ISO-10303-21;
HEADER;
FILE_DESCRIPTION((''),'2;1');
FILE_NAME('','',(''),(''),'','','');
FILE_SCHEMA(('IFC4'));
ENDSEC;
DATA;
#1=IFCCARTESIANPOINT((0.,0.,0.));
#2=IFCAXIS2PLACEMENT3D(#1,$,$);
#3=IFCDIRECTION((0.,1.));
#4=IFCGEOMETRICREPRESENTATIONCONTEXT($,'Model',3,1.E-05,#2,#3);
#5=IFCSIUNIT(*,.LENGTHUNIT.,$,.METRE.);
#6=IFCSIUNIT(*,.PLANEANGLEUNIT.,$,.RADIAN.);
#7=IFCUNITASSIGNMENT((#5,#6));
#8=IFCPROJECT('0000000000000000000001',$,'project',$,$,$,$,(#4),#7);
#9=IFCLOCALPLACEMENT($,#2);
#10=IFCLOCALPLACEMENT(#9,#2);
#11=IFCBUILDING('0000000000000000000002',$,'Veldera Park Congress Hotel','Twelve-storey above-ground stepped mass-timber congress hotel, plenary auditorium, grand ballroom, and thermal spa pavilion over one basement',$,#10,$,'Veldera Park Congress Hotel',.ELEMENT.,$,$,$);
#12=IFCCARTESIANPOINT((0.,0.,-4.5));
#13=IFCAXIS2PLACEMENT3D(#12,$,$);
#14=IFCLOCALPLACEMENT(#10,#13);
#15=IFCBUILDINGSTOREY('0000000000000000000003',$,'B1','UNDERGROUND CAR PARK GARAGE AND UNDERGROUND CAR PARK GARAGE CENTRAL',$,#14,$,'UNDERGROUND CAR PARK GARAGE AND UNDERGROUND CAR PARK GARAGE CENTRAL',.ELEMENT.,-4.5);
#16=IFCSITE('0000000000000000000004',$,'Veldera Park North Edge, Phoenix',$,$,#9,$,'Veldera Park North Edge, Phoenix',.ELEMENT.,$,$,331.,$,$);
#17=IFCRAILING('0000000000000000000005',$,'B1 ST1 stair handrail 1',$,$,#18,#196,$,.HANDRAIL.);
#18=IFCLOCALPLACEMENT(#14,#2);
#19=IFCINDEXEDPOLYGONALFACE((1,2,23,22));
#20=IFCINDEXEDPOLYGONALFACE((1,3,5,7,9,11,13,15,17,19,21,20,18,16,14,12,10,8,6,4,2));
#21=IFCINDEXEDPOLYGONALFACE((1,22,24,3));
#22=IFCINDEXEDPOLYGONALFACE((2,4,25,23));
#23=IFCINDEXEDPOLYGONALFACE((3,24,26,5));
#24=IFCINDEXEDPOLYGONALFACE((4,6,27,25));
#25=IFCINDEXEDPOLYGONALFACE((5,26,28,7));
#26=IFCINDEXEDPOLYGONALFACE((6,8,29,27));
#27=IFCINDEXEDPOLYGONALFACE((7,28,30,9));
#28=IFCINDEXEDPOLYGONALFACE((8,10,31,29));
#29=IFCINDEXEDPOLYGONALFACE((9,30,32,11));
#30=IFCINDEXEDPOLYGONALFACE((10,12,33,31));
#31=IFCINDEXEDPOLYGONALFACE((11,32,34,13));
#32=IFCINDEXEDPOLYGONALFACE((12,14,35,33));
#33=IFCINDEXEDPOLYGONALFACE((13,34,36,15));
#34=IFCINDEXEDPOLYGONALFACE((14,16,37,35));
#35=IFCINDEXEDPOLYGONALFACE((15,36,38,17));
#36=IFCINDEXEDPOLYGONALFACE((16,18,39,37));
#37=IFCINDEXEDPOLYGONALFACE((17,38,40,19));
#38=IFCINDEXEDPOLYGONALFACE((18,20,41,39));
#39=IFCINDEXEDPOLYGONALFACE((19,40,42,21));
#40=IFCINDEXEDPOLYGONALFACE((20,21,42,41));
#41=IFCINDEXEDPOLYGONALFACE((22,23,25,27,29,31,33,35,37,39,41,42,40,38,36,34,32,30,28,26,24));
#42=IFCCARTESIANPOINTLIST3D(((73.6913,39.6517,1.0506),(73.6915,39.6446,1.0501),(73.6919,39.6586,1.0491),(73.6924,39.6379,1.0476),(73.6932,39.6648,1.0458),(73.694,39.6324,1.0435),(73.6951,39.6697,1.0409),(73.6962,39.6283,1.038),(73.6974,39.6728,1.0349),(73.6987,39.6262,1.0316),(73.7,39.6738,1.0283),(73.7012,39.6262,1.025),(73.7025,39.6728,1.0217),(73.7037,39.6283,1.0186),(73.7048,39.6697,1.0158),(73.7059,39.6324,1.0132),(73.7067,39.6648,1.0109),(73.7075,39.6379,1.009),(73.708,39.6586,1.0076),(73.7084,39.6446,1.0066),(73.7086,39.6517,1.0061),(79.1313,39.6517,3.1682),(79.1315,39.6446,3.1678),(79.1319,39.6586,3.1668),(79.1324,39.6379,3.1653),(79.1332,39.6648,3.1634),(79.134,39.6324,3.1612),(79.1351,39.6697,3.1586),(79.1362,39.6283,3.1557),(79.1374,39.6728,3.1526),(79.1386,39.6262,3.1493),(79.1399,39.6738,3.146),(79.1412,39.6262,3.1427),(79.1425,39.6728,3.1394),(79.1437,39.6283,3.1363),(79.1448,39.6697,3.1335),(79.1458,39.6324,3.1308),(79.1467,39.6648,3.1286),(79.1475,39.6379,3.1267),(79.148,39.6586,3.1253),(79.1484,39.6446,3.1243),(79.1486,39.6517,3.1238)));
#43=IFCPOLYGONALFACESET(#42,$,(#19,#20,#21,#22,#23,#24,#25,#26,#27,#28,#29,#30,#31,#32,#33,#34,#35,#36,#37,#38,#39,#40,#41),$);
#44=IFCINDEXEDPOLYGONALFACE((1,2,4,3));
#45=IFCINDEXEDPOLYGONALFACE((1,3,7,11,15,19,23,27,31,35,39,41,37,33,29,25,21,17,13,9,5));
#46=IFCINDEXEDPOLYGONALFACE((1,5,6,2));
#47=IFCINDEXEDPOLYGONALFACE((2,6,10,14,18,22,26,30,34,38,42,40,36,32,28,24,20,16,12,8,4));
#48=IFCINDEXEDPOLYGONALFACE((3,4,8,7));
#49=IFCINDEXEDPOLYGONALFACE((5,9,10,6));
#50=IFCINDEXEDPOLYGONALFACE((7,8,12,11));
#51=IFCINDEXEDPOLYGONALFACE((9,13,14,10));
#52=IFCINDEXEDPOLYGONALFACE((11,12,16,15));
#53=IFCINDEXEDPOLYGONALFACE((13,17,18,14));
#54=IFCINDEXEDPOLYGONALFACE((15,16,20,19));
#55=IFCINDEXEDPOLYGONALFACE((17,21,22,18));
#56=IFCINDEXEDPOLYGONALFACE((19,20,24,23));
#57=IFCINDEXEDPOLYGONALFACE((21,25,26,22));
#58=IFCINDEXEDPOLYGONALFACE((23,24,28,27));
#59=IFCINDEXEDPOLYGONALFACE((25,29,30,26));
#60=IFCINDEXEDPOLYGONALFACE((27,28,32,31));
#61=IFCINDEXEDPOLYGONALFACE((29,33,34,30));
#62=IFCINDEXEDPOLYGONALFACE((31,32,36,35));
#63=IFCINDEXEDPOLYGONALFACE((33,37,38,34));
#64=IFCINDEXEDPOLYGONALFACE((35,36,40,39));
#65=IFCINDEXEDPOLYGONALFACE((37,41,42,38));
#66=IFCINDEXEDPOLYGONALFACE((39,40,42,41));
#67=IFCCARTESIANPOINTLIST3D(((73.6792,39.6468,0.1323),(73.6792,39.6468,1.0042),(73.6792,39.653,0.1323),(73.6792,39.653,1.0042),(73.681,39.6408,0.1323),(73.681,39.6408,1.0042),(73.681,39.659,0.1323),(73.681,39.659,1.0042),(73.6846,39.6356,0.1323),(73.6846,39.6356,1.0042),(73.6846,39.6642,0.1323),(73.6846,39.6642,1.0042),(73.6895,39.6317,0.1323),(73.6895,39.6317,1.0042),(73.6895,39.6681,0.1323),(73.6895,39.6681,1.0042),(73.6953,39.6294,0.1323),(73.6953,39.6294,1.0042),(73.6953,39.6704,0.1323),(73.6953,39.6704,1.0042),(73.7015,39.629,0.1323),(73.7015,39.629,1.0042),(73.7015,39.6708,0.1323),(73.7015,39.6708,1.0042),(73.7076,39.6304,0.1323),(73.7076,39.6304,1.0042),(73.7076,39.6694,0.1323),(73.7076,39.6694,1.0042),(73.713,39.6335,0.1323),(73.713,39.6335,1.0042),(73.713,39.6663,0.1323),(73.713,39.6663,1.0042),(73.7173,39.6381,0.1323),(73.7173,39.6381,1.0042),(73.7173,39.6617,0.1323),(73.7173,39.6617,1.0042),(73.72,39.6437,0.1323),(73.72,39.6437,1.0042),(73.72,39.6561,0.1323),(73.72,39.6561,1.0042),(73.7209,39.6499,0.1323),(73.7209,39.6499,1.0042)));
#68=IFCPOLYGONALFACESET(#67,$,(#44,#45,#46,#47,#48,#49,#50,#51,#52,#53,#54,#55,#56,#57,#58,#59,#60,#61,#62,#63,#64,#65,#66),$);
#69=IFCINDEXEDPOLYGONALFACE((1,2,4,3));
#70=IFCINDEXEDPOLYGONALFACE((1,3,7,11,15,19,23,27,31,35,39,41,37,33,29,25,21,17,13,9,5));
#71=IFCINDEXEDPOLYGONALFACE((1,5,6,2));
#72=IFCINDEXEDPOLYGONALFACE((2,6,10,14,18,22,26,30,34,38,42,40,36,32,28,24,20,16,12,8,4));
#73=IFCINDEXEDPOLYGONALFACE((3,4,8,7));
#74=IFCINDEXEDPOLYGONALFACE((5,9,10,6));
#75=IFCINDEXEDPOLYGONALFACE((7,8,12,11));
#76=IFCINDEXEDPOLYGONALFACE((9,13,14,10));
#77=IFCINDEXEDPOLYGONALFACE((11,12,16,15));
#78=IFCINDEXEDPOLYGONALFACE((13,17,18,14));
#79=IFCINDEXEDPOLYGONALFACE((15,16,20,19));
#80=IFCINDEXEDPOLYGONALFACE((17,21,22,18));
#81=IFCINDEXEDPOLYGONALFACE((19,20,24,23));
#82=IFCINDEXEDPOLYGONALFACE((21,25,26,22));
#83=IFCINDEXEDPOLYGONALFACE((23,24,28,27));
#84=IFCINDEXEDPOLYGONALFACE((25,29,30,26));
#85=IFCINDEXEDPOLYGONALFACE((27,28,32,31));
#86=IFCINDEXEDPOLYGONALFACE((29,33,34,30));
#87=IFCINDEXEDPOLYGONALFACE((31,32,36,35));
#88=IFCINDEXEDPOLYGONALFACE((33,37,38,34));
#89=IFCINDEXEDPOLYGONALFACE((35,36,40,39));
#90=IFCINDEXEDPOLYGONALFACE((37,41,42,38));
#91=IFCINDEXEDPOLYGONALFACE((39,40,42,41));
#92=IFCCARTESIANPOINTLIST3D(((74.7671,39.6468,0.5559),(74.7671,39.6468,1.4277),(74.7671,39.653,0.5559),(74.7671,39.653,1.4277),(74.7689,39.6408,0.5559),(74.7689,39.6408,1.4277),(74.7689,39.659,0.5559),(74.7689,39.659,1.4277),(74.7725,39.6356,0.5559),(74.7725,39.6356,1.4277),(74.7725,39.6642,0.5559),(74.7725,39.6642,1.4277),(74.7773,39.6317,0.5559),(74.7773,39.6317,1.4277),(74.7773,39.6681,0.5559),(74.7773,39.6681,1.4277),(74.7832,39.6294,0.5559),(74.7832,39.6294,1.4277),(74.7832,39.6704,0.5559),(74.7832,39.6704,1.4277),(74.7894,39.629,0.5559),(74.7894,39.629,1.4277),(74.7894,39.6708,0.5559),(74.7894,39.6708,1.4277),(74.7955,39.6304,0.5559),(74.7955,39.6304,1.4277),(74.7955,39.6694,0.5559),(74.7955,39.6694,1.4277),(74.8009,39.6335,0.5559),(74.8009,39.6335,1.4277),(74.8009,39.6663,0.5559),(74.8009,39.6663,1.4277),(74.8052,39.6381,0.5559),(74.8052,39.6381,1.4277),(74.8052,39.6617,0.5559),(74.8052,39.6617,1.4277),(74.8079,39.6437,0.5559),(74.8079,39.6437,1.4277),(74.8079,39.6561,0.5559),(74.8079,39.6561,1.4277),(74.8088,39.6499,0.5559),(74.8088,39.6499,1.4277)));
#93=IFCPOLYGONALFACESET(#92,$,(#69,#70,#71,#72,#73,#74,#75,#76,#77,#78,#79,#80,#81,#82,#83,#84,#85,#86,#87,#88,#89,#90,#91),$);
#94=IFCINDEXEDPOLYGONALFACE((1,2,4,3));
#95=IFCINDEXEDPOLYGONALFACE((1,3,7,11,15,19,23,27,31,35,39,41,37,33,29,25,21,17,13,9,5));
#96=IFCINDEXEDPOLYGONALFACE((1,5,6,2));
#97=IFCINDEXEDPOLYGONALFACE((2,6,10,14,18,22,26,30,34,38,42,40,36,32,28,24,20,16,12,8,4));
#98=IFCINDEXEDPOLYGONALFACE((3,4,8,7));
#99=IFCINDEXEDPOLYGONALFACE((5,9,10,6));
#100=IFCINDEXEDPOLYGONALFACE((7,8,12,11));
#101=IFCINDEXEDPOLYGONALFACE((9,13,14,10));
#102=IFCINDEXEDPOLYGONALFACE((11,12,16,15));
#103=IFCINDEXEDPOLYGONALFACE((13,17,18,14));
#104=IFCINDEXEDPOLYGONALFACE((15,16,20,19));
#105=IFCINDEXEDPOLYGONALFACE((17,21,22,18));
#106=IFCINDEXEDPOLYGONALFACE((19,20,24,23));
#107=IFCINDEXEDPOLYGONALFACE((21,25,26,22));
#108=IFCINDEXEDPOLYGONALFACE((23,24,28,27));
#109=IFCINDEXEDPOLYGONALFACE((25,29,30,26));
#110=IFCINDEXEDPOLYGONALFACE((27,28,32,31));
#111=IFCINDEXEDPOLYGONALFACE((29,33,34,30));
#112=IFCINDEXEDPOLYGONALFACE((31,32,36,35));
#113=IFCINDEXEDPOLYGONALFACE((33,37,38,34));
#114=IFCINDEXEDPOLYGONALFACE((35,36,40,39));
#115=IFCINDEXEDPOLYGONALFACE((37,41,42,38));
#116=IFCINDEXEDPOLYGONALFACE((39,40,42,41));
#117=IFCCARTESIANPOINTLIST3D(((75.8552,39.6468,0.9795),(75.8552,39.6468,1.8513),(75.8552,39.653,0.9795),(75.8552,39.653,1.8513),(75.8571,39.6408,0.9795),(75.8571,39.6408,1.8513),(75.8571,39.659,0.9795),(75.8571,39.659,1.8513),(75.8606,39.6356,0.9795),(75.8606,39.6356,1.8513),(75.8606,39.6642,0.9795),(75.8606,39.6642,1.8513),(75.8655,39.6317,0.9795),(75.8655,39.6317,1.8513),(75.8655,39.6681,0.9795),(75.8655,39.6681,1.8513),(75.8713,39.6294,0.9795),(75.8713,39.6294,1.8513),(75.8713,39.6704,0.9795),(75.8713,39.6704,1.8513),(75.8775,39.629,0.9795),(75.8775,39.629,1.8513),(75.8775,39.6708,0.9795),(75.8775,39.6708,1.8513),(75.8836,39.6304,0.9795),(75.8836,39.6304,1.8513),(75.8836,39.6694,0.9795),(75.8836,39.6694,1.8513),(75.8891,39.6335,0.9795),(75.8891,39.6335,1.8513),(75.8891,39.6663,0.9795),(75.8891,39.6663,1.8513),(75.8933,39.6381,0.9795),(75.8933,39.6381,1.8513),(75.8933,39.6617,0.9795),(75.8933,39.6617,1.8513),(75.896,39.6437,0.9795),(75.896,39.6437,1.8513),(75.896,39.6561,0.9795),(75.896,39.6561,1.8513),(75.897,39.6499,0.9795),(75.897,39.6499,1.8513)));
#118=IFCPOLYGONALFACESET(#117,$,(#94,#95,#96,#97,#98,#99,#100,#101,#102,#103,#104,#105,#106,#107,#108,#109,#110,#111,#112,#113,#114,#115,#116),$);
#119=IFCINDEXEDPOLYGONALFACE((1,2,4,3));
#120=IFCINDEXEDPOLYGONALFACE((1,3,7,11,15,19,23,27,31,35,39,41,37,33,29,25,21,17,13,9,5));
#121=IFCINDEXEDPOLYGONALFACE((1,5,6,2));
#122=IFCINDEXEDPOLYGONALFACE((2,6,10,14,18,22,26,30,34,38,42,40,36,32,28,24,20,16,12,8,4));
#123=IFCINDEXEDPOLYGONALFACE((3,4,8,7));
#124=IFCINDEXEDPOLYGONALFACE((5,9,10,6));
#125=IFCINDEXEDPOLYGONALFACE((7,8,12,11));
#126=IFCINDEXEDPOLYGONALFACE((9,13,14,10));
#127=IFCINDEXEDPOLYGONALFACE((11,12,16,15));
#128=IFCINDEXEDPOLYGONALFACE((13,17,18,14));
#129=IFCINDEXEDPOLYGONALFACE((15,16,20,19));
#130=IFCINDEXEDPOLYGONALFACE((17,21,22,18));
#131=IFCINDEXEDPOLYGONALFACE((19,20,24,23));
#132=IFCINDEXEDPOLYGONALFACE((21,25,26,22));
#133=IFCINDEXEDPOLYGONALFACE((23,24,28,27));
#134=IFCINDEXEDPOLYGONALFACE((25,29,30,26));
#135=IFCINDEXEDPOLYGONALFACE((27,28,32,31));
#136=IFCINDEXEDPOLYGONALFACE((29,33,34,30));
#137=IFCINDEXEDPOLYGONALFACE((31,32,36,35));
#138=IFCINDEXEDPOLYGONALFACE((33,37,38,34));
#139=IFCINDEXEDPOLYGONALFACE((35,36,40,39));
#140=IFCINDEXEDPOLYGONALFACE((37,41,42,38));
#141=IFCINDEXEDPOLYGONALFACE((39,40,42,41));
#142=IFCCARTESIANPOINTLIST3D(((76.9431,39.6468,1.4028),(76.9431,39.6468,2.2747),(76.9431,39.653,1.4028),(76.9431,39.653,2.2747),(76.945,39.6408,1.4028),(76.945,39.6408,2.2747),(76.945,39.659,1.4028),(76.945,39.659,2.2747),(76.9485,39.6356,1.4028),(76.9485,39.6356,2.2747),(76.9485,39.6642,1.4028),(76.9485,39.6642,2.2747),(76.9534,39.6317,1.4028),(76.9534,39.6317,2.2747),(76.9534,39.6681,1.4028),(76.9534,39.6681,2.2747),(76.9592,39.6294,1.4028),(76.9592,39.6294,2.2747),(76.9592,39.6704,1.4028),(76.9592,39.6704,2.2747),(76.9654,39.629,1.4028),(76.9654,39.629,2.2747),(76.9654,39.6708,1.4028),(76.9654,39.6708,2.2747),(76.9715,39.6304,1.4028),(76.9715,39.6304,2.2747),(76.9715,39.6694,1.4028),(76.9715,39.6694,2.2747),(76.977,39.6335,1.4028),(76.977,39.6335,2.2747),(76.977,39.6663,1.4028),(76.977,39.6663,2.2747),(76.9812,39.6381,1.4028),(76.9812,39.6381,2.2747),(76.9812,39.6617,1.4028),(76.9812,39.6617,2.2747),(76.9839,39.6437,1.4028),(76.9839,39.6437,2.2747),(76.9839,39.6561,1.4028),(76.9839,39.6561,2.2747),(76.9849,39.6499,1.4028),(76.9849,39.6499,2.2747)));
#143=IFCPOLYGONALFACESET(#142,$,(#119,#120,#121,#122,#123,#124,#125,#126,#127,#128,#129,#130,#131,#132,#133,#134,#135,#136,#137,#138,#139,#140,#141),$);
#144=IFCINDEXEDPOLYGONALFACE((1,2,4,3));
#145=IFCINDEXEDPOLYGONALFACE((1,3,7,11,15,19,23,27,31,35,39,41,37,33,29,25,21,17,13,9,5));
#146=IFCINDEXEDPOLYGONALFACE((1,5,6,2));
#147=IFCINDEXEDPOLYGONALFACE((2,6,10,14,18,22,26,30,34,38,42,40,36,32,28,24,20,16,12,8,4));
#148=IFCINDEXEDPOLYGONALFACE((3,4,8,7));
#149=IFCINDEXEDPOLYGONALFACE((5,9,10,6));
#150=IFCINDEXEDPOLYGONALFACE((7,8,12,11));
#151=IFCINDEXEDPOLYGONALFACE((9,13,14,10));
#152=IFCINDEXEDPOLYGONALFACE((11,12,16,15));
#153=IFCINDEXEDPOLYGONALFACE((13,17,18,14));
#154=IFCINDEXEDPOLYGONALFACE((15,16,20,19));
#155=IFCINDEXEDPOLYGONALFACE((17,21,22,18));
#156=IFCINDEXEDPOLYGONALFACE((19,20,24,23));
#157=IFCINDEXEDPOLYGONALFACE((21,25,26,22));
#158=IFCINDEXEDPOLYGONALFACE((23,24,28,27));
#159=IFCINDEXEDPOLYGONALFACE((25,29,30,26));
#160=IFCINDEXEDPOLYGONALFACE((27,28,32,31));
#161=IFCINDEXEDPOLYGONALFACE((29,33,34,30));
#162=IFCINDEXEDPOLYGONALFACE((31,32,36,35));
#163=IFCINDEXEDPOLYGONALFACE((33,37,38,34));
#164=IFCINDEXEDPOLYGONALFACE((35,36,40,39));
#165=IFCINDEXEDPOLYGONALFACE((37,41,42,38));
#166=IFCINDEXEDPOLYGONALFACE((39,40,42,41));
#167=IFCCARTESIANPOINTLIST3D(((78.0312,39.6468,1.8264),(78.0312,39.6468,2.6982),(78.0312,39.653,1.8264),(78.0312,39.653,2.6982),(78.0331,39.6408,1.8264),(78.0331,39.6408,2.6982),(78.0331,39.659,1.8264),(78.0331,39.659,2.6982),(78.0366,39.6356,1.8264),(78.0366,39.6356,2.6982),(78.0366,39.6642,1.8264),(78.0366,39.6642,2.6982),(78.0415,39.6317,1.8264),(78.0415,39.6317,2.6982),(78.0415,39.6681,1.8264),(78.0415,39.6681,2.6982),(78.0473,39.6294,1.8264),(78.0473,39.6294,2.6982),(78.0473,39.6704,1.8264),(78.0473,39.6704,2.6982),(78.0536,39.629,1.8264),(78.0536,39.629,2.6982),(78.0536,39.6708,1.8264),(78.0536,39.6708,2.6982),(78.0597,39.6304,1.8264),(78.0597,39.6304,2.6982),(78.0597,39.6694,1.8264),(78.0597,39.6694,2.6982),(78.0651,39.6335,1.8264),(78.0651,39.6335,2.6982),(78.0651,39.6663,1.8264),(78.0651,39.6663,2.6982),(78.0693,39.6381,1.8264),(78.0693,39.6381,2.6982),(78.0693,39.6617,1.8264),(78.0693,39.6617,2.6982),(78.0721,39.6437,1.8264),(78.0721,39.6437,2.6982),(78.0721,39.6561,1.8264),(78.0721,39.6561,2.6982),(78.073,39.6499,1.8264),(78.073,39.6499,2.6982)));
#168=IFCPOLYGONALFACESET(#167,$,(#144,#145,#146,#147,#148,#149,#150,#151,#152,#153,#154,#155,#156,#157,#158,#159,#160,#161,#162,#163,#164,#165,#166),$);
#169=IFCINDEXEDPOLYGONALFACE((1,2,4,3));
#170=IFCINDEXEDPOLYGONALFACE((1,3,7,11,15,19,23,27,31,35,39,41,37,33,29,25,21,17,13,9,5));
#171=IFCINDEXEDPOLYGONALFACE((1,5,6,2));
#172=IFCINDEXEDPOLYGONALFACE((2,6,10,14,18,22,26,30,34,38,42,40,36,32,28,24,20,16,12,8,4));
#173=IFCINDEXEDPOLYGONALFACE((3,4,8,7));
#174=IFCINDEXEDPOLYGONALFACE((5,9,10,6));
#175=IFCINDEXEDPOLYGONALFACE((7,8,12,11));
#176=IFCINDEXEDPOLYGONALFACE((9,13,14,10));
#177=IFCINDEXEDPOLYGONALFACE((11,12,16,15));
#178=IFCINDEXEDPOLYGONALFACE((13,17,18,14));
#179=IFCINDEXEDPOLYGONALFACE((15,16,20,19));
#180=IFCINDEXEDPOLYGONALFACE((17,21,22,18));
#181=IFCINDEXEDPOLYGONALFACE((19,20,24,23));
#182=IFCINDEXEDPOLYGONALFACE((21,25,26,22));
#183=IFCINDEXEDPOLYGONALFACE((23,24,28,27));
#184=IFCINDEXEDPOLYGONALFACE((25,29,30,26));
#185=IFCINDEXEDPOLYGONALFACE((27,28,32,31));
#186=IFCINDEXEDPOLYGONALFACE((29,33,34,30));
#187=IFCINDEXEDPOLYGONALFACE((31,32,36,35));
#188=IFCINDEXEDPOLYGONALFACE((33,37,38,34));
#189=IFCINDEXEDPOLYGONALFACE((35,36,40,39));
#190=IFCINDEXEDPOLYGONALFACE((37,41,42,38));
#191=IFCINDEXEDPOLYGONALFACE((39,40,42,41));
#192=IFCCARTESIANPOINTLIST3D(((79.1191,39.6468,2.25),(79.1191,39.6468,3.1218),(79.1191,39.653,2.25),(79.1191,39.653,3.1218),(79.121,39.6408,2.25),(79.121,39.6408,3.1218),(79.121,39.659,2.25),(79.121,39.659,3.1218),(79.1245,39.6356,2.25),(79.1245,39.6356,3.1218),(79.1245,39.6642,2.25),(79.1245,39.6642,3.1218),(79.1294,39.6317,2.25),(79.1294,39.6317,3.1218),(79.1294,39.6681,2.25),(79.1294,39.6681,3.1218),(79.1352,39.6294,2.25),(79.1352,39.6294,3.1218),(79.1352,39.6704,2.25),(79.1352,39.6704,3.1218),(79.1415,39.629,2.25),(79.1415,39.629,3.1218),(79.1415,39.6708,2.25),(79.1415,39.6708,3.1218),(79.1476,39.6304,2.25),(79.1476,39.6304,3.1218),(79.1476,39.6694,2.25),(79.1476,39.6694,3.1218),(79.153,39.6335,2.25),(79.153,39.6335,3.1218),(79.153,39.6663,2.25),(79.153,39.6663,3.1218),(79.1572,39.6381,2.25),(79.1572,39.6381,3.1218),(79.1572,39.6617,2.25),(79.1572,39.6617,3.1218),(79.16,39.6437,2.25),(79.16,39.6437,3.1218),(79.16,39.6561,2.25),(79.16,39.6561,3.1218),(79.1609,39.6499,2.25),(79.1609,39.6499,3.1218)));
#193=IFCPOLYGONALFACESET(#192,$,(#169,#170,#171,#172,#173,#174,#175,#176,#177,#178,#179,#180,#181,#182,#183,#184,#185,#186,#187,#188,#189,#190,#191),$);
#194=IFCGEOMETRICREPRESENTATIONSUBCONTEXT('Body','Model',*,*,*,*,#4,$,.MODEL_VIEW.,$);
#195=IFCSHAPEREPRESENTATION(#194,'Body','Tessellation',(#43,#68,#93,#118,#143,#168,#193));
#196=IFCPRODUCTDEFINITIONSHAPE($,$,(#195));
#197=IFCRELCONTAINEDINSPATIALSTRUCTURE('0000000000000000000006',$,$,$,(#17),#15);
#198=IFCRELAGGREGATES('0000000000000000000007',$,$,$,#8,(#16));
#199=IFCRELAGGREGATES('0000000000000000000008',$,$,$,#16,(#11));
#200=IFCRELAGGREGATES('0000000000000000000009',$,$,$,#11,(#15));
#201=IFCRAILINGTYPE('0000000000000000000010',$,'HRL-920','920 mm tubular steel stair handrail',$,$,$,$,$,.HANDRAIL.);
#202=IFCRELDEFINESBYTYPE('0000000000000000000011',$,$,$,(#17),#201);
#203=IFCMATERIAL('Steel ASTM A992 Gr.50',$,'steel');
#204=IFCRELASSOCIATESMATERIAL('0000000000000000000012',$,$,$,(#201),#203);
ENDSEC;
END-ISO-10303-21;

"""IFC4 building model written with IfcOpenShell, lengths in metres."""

from ifc_helpers import new_model, si_unit, direction, frame, origin, origin_2d, place, context, subcontext, project, spatial, circle, extrude, material, type_object, element, save


model = new_model("IFC4")

# Units and contexts
model_context = context("Model", 3, precision=1e-05, world=origin(), true_north=direction((0.0, 1.0)))
body_context = subcontext(model_context, "Body", "Model", "MODEL_VIEW")
ifc_project = project(units=[si_unit("LENGTHUNIT", "METRE"), si_unit("PLANEANGLEUNIT", "RADIAN")], contexts=[model_context])

# Site, building, storey
site_placement = place(None, origin())
site = spatial("IfcSite", under=ifc_project, at=site_placement, Name="Veldera Park North Edge, Phoenix", LongName="Veldera Park North Edge, Phoenix", CompositionType="ELEMENT", RefElevation=331.0)
building_placement = place(site_placement, origin())
building = spatial("IfcBuilding", under=site, at=building_placement, Name="Veldera Park Congress Hotel", Description="Twelve-storey above-ground stepped mass-timber congress hotel, plenary auditorium, grand ballroom, and thermal spa pavilion over one basement", LongName="Veldera Park Congress Hotel", CompositionType="ELEMENT")
storey_placement = place(building_placement, frame((0.0, 0.0, -4.5)))
storey = spatial("IfcBuildingStorey", under=building, at=storey_placement, Name="B1", Description="UNDERGROUND CAR PARK GARAGE AND UNDERGROUND CAR PARK GARAGE CENTRAL", LongName="UNDERGROUND CAR PARK GARAGE AND UNDERGROUND CAR PARK GARAGE CENTRAL", CompositionType="ELEMENT", Elevation=-4.5)

# Railing
ifc_material_1 = material(Name="Steel ASTM A992 Gr.50", Category="steel")
railing_type_1 = type_object("IfcRailingType", Name="HRL-920", Description="920 mm tubular steel stair handrail", PredefinedType="HANDRAIL", material=ifc_material_1)
railing_1_placement = place(storey_placement, frame((73.7, 39.6499, 0.1323)))
element("IfcRailing", 1, at=railing_1_placement, inside=storey, type_object=railing_type_1, Name="B1 ST1 stair handrail 1", PredefinedType="HANDRAIL", context=body_context, shape_type="SweptSolid", body=[
    extrude(circle(Radius=0.0239, at=origin_2d()), frame((0.0, 0.0, 0.896), z_axis=(0.931881, 0.0, 0.362765), x_axis=(0.0, 1.0, 0.0)), (0.0, 0.0, 1.0), 5.8376),
    extrude(circle(Radius=0.021, at=origin_2d()), origin(), (0.0, 0.0, 1.0), 0.8718),
    extrude(circle(Radius=0.021, at=origin_2d()), frame((1.0879, 0.0, 0.4236)), (0.0, 0.0, 1.0), 0.8718),
    extrude(circle(Radius=0.021, at=origin_2d()), frame((2.176, 0.0, 0.8472)), (0.0, 0.0, 1.0), 0.8718),
    extrude(circle(Radius=0.021, at=origin_2d()), frame((3.2639, 0.0, 1.2705)), (0.0, 0.0, 1.0), 0.8718),
    extrude(circle(Radius=0.021, at=origin_2d()), frame((4.3521, 0.0, 1.6941)), (0.0, 0.0, 1.0), 0.8718),
    extrude(circle(Radius=0.021, at=origin_2d()), frame((5.4399, 0.0, 2.1177)), (0.0, 0.0, 1.0), 0.8718),
])

save(model, "model.ifc")
